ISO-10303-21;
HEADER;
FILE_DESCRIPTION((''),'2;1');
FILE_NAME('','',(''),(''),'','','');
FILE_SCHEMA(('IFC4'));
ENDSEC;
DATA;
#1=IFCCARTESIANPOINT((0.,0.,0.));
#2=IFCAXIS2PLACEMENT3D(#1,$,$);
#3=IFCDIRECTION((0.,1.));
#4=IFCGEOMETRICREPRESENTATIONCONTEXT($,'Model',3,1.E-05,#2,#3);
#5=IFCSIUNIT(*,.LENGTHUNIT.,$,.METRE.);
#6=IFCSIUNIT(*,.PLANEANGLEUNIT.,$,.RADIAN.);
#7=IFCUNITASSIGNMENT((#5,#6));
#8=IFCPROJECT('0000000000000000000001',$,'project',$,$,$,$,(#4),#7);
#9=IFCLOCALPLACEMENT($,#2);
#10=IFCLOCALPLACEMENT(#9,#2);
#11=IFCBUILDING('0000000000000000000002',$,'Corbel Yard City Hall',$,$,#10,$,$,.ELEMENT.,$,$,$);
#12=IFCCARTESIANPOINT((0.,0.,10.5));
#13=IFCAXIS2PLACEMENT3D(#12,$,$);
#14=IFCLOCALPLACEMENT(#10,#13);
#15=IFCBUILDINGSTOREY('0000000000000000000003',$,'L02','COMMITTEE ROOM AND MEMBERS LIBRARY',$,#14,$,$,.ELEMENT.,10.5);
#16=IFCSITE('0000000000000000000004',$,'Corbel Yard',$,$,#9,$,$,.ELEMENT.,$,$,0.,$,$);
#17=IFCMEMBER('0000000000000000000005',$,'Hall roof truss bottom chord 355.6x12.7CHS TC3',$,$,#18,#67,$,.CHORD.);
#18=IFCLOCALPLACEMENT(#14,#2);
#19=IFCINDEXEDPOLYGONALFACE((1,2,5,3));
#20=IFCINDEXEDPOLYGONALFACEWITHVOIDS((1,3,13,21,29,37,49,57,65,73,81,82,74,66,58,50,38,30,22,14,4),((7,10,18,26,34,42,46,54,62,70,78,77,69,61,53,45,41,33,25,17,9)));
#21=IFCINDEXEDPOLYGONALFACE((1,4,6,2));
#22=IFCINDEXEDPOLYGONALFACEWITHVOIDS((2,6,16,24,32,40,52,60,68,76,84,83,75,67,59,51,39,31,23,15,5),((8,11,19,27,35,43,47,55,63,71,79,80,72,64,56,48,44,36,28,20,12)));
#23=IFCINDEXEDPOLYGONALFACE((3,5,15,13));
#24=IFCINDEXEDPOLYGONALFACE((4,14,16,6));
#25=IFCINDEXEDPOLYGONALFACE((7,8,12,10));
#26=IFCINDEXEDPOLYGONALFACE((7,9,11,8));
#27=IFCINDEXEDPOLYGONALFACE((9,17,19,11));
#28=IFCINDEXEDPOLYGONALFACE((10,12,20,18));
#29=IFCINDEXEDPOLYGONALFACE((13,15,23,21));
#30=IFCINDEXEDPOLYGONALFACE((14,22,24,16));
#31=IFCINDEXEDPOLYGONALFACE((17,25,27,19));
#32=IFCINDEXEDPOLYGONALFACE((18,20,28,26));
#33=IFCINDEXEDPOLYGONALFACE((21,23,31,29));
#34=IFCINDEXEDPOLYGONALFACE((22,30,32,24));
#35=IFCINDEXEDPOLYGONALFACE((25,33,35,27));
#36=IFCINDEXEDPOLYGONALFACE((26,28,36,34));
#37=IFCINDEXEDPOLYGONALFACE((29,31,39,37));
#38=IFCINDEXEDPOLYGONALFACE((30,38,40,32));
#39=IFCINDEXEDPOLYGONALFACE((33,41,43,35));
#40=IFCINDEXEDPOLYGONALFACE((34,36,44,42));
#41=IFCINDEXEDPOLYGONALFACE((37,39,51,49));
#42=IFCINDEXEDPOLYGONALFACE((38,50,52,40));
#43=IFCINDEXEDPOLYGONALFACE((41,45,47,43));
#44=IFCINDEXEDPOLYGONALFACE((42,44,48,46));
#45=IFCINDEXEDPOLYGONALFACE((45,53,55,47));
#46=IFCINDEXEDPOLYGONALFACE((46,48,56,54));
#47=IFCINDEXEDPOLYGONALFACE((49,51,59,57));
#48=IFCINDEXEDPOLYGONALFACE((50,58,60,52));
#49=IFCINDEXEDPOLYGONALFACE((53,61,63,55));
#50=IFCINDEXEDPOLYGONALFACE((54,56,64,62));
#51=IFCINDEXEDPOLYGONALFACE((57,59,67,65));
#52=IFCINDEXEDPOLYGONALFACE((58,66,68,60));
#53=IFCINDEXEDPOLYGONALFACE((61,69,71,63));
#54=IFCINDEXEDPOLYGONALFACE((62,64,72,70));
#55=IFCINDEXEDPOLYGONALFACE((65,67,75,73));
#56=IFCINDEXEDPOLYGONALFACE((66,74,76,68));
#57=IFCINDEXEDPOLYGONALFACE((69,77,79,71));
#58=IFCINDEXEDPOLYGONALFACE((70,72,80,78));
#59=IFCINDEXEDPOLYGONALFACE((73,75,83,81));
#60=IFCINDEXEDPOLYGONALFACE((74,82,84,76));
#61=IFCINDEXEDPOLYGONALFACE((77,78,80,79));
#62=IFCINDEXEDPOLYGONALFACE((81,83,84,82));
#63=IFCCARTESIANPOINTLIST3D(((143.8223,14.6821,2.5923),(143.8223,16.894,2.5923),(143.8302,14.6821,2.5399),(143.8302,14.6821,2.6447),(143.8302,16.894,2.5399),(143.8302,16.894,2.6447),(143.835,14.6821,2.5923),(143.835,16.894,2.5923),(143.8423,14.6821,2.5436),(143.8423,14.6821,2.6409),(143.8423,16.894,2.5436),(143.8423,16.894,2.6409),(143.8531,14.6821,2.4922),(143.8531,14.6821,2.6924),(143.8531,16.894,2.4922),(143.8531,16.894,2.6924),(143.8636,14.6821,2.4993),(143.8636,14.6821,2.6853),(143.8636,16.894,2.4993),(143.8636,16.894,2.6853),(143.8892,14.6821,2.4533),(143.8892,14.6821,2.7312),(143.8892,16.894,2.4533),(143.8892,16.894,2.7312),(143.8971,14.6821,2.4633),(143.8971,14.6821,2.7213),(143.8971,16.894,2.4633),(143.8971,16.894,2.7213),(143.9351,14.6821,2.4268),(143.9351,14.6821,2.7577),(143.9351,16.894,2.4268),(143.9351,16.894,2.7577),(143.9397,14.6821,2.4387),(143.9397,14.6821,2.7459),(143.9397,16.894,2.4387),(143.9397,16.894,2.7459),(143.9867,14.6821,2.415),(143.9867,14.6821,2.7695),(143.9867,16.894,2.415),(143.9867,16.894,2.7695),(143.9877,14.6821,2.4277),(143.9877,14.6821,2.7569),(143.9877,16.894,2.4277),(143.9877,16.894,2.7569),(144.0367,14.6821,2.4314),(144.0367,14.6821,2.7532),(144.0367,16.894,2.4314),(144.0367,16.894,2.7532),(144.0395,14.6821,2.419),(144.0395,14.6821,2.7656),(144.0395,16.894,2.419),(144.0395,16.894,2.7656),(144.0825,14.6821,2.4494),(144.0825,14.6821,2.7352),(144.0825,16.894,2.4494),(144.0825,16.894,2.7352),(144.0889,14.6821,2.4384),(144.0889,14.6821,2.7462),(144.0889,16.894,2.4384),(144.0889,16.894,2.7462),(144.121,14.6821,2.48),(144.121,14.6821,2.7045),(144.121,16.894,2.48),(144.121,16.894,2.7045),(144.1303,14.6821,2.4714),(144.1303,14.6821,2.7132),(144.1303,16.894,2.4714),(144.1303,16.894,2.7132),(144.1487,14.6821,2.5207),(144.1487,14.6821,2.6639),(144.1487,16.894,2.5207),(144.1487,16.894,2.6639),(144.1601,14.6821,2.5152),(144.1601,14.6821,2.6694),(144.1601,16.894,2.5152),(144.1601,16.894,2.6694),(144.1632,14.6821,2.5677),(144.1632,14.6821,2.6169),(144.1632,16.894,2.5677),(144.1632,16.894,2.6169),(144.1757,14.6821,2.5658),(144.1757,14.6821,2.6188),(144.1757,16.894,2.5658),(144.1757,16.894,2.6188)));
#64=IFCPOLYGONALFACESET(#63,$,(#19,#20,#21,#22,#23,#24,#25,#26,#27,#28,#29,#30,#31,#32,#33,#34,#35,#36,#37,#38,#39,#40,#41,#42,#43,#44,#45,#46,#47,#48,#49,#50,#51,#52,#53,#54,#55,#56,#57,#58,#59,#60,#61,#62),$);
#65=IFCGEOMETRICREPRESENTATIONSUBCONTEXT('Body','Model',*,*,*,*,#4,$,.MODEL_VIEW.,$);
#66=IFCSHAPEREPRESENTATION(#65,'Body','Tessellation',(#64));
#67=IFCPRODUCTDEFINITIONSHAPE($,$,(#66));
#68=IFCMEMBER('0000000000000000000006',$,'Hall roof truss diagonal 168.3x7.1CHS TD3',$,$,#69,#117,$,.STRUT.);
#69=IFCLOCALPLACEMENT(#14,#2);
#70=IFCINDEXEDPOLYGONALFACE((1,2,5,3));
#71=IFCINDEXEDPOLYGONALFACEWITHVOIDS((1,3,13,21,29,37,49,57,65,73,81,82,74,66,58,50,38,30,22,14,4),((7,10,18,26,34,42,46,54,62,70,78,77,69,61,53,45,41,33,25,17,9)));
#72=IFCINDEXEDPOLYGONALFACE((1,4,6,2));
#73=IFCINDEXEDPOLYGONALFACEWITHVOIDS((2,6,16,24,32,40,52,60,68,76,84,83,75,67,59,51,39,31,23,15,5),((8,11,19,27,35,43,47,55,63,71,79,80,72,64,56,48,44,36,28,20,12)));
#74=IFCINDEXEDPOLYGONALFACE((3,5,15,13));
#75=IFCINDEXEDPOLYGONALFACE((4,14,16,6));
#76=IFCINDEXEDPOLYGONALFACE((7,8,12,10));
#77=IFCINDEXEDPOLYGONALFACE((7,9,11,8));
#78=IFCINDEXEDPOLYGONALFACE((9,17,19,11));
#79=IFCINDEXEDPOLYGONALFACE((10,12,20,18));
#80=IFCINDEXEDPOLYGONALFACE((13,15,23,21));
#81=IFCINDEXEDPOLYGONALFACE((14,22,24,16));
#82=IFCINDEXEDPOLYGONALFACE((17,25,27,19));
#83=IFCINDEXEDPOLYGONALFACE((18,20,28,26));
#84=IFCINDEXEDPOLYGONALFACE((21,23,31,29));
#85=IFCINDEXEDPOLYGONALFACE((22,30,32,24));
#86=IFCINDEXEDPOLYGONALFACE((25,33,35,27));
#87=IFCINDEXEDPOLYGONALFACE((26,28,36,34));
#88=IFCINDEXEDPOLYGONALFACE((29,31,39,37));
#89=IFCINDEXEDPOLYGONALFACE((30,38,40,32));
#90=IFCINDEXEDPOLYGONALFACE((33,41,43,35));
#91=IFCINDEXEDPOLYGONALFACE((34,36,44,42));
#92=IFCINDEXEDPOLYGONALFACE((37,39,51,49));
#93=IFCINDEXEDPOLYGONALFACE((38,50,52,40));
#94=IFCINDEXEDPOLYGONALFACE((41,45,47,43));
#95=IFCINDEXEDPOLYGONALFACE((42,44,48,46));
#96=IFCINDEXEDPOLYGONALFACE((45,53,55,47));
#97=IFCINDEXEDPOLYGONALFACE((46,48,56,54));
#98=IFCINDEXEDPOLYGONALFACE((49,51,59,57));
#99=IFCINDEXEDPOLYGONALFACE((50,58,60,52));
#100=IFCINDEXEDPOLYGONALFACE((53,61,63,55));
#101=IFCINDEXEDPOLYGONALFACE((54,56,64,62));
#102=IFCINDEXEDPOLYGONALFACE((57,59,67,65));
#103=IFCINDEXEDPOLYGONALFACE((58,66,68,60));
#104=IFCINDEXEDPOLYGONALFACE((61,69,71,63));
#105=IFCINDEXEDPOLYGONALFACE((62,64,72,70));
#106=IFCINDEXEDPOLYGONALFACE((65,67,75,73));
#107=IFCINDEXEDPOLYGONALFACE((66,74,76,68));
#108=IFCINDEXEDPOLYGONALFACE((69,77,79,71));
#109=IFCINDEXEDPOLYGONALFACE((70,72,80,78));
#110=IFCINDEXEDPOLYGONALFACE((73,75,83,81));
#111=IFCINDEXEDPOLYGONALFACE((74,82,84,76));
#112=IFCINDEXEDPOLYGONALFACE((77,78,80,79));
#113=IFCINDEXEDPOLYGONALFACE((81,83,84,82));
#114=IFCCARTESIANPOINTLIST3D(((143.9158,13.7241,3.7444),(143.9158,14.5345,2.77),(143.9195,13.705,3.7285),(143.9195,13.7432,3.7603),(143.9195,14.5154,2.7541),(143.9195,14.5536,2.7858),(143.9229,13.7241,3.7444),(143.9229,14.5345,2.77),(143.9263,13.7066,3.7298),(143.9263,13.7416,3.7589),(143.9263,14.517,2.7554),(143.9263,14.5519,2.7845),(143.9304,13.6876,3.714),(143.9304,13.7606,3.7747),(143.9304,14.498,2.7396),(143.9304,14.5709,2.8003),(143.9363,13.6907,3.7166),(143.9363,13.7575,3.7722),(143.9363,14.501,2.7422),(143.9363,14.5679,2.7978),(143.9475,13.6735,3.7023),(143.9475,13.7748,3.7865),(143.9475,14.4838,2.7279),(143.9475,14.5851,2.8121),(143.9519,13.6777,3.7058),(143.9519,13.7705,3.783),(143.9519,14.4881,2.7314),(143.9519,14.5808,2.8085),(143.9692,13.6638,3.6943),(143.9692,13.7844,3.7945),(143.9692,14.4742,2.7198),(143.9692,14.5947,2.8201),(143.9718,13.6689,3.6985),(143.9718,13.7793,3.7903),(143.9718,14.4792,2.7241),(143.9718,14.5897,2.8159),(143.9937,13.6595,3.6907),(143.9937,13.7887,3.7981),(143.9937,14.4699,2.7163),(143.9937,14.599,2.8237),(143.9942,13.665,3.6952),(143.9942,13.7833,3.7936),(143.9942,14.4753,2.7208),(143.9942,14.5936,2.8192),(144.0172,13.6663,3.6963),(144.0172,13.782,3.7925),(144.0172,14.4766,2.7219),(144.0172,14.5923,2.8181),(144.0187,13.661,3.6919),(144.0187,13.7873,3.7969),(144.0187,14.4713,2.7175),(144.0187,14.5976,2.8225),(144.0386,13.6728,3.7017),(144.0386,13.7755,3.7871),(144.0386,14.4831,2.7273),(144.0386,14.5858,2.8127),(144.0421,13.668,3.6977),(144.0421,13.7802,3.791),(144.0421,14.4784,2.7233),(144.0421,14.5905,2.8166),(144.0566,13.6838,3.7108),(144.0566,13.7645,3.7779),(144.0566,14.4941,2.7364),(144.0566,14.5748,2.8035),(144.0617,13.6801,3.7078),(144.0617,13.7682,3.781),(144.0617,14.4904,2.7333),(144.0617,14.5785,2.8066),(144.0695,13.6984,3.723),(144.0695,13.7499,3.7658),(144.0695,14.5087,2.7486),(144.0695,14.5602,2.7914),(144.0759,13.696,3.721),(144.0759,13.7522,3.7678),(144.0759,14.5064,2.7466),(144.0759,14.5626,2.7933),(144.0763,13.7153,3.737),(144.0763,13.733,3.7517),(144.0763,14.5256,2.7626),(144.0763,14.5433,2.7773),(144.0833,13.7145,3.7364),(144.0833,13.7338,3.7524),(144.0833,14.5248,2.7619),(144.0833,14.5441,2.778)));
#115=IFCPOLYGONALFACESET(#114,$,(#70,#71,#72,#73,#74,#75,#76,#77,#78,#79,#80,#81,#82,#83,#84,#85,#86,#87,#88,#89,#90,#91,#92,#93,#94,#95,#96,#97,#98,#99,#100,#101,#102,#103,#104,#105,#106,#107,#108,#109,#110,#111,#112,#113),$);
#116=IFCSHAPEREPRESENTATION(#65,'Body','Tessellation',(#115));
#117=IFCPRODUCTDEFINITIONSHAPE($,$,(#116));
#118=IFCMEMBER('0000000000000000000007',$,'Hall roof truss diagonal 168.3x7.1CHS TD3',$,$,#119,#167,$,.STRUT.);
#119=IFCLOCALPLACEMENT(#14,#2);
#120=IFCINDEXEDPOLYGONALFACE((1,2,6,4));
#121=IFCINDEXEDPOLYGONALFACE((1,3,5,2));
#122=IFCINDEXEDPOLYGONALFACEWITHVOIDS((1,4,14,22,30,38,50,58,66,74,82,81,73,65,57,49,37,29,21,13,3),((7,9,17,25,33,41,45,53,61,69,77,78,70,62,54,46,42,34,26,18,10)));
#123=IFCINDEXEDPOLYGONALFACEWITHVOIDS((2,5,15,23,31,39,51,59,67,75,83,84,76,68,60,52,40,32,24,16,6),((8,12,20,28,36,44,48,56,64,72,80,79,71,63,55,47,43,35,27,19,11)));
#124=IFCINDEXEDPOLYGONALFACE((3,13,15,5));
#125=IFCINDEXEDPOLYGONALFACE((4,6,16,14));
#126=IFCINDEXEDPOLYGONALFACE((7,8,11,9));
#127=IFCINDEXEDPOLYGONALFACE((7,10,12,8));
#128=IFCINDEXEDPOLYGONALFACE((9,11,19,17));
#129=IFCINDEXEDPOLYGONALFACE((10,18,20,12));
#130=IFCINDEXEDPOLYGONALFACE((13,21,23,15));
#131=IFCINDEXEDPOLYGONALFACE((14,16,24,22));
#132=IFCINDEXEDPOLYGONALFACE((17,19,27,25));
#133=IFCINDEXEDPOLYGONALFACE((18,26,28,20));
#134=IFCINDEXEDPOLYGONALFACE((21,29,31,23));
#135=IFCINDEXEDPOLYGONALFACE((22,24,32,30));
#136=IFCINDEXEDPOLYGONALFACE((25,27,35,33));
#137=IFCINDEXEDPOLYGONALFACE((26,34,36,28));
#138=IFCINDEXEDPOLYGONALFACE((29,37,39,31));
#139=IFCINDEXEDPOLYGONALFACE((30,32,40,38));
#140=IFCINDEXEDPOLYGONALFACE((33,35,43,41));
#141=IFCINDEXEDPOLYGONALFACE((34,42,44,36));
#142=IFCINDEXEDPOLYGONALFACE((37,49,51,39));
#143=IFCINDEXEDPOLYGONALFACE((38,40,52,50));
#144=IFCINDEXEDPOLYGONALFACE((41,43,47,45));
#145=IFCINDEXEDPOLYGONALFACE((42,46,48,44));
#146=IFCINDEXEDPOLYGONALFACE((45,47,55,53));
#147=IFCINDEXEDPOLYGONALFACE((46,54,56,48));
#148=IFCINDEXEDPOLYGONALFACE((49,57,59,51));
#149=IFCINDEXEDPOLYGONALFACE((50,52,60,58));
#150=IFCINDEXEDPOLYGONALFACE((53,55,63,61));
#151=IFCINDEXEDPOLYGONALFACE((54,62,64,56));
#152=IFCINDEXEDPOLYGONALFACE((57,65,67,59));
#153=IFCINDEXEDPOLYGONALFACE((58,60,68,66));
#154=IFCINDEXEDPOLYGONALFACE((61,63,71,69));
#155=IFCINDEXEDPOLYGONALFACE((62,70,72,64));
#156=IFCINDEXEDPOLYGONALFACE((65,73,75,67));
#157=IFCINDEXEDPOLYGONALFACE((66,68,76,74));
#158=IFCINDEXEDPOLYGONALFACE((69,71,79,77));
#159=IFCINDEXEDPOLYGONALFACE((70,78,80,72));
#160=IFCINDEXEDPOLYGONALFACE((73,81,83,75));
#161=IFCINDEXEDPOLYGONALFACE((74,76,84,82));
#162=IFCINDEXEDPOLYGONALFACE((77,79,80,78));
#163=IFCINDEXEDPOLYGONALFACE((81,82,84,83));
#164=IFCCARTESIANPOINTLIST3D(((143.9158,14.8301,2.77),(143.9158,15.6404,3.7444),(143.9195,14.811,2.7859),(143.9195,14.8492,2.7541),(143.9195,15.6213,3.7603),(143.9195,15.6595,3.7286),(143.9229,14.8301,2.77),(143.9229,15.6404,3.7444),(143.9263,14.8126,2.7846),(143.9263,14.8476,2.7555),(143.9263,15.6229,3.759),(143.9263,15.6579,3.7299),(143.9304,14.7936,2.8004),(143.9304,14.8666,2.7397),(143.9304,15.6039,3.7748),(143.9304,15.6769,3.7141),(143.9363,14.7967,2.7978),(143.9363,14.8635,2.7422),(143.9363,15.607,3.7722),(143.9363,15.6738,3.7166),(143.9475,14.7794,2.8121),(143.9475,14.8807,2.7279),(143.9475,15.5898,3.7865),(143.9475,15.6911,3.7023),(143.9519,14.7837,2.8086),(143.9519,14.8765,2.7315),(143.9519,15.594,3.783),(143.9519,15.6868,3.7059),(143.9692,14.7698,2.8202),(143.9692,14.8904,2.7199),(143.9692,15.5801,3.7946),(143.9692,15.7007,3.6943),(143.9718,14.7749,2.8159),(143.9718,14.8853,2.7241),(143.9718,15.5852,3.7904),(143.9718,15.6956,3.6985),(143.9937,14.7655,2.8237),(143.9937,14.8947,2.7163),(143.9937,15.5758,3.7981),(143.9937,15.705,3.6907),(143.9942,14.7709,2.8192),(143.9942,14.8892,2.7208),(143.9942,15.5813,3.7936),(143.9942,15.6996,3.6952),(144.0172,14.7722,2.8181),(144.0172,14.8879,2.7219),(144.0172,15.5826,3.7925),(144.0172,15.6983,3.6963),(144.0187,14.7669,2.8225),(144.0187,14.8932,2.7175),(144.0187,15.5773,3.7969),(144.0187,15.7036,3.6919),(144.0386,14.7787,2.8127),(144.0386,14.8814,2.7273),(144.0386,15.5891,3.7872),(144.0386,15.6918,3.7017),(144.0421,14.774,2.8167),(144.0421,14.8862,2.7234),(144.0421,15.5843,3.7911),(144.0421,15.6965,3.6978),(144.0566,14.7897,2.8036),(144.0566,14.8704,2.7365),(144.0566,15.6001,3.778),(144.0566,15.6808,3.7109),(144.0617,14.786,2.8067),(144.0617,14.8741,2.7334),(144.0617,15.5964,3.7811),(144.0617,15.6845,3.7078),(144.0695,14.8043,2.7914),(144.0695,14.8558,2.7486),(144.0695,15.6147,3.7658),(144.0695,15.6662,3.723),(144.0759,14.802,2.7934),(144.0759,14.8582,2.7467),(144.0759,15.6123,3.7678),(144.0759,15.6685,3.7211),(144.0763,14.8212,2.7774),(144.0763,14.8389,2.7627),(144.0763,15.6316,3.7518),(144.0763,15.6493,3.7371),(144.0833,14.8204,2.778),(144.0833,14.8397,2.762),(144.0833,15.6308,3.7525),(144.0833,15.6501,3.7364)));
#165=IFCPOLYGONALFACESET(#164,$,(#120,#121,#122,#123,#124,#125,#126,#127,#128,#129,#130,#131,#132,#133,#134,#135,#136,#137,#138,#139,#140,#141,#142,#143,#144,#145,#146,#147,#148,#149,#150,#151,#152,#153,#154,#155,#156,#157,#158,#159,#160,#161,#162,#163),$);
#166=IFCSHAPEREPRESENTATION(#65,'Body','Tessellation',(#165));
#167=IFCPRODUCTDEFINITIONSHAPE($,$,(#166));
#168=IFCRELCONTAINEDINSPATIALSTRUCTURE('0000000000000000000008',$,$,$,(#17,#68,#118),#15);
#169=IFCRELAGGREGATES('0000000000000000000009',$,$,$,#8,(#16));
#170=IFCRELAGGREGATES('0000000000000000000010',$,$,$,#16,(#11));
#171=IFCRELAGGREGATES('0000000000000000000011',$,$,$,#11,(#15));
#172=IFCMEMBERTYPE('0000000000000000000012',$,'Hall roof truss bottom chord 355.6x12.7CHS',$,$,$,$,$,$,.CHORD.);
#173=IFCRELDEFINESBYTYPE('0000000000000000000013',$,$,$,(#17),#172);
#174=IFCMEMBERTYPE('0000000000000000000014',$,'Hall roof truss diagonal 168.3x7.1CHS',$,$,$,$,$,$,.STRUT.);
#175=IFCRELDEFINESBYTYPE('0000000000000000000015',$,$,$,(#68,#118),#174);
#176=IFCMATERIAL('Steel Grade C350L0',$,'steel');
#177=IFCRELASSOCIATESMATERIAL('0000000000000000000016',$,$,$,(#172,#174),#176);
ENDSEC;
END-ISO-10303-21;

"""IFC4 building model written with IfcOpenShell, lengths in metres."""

from ifc_helpers import new_model, si_unit, direction, frame, origin, origin_2d, place, context, subcontext, project, spatial, hollow_circle, extrude, material, material_profile, profile_set, type_object, element, save


model = new_model("IFC4")

# Units and contexts
model_context = context("Model", 3, precision=1e-05, world=origin(), true_north=direction((0.0, 1.0)))
body_context = subcontext(model_context, "Body", "Model", "MODEL_VIEW")
ifc_project = project(units=[si_unit("LENGTHUNIT", "METRE"), si_unit("PLANEANGLEUNIT", "RADIAN")], contexts=[model_context])

# Site, building, storey
site_placement = place(None, origin())
site = spatial("IfcSite", under=ifc_project, at=site_placement, Name="Corbel Yard", CompositionType="ELEMENT", RefElevation=0.0)
building_placement = place(site_placement, origin())
building = spatial("IfcBuilding", under=site, at=building_placement, Name="Corbel Yard City Hall", CompositionType="ELEMENT")
storey_placement = place(building_placement, frame((0.0, 0.0, 10.5)))
storey = spatial("IfcBuildingStorey", under=building, at=storey_placement, Name="L02", Description="COMMITTEE ROOM AND MEMBERS LIBRARY", CompositionType="ELEMENT", Elevation=10.5)

# Members
ifc_material_1 = material(Name="Steel Grade C350L0", Category="steel")
ifc_material_profile_1 = material_profile(ifc_material_1, hollow_circle(Radius=0.1777, WallThickness=0.0127, at=origin_2d()), Name="355.6x12.7CHS")
ifc_profile_set_1 = profile_set([ifc_material_profile_1], Name="Steel Grade C350L0")
member_type_1 = type_object("IfcMemberType", Name="Hall roof truss bottom chord 355.6x12.7CHS", PredefinedType="CHORD", material=ifc_profile_set_1)
for number, where, z_axis, x_axis, name in (
    (1, (144.0, 14.6821, 2.5923), (0.0, 1.0, 0.0), (-1.0, 0.0, 0.0), "Hall roof truss bottom chord 355.6x12.7CHS TC3"),
):
    element("IfcMember", number, at=place(storey_placement, frame(where, z_axis=z_axis, x_axis=x_axis)), inside=storey, type_object=member_type_1, Name=name, PredefinedType="CHORD", context=body_context, shape_type="SweptSolid", body=[
        extrude(hollow_circle(Radius=0.1777, WallThickness=0.0127, at=origin_2d()), origin(), (0.0, 0.0, 1.0), 2.2119),
    ])
ifc_material_profile_2 = material_profile(ifc_material_1, hollow_circle(Radius=0.0842, WallThickness=0.0071, at=origin_2d()), Name="168.3x7.1CHS")
ifc_profile_set_2 = profile_set([ifc_material_profile_2], Name="Steel Grade C350L0")
member_type_2 = type_object("IfcMemberType", Name="Hall roof truss diagonal 168.3x7.1CHS", PredefinedType="STRUT", material=ifc_profile_set_2)
for number, where, z_axis, x_axis, name in (
    (2, (144.0, 13.7241, 3.7444), (0.0, 0.639407, -0.768868), (-1.0, 0.0, 0.0), "Hall roof truss diagonal 168.3x7.1CHS TD3"),
    (3, (144.0, 14.8301, 2.77), (0.0, 0.639407, 0.768868), (-1.0, 0.0, 0.0), "Hall roof truss diagonal 168.3x7.1CHS TD3"),
):
    element("IfcMember", number, at=place(storey_placement, frame(where, z_axis=z_axis, x_axis=x_axis)), inside=storey, type_object=member_type_2, Name=name, PredefinedType="STRUT", context=body_context, shape_type="SweptSolid", body=[
        extrude(hollow_circle(Radius=0.0842, WallThickness=0.0071, at=origin_2d()), origin(), (0.0, 0.0, 1.0), 1.2673),
    ])

save(model, "model.ifc")
